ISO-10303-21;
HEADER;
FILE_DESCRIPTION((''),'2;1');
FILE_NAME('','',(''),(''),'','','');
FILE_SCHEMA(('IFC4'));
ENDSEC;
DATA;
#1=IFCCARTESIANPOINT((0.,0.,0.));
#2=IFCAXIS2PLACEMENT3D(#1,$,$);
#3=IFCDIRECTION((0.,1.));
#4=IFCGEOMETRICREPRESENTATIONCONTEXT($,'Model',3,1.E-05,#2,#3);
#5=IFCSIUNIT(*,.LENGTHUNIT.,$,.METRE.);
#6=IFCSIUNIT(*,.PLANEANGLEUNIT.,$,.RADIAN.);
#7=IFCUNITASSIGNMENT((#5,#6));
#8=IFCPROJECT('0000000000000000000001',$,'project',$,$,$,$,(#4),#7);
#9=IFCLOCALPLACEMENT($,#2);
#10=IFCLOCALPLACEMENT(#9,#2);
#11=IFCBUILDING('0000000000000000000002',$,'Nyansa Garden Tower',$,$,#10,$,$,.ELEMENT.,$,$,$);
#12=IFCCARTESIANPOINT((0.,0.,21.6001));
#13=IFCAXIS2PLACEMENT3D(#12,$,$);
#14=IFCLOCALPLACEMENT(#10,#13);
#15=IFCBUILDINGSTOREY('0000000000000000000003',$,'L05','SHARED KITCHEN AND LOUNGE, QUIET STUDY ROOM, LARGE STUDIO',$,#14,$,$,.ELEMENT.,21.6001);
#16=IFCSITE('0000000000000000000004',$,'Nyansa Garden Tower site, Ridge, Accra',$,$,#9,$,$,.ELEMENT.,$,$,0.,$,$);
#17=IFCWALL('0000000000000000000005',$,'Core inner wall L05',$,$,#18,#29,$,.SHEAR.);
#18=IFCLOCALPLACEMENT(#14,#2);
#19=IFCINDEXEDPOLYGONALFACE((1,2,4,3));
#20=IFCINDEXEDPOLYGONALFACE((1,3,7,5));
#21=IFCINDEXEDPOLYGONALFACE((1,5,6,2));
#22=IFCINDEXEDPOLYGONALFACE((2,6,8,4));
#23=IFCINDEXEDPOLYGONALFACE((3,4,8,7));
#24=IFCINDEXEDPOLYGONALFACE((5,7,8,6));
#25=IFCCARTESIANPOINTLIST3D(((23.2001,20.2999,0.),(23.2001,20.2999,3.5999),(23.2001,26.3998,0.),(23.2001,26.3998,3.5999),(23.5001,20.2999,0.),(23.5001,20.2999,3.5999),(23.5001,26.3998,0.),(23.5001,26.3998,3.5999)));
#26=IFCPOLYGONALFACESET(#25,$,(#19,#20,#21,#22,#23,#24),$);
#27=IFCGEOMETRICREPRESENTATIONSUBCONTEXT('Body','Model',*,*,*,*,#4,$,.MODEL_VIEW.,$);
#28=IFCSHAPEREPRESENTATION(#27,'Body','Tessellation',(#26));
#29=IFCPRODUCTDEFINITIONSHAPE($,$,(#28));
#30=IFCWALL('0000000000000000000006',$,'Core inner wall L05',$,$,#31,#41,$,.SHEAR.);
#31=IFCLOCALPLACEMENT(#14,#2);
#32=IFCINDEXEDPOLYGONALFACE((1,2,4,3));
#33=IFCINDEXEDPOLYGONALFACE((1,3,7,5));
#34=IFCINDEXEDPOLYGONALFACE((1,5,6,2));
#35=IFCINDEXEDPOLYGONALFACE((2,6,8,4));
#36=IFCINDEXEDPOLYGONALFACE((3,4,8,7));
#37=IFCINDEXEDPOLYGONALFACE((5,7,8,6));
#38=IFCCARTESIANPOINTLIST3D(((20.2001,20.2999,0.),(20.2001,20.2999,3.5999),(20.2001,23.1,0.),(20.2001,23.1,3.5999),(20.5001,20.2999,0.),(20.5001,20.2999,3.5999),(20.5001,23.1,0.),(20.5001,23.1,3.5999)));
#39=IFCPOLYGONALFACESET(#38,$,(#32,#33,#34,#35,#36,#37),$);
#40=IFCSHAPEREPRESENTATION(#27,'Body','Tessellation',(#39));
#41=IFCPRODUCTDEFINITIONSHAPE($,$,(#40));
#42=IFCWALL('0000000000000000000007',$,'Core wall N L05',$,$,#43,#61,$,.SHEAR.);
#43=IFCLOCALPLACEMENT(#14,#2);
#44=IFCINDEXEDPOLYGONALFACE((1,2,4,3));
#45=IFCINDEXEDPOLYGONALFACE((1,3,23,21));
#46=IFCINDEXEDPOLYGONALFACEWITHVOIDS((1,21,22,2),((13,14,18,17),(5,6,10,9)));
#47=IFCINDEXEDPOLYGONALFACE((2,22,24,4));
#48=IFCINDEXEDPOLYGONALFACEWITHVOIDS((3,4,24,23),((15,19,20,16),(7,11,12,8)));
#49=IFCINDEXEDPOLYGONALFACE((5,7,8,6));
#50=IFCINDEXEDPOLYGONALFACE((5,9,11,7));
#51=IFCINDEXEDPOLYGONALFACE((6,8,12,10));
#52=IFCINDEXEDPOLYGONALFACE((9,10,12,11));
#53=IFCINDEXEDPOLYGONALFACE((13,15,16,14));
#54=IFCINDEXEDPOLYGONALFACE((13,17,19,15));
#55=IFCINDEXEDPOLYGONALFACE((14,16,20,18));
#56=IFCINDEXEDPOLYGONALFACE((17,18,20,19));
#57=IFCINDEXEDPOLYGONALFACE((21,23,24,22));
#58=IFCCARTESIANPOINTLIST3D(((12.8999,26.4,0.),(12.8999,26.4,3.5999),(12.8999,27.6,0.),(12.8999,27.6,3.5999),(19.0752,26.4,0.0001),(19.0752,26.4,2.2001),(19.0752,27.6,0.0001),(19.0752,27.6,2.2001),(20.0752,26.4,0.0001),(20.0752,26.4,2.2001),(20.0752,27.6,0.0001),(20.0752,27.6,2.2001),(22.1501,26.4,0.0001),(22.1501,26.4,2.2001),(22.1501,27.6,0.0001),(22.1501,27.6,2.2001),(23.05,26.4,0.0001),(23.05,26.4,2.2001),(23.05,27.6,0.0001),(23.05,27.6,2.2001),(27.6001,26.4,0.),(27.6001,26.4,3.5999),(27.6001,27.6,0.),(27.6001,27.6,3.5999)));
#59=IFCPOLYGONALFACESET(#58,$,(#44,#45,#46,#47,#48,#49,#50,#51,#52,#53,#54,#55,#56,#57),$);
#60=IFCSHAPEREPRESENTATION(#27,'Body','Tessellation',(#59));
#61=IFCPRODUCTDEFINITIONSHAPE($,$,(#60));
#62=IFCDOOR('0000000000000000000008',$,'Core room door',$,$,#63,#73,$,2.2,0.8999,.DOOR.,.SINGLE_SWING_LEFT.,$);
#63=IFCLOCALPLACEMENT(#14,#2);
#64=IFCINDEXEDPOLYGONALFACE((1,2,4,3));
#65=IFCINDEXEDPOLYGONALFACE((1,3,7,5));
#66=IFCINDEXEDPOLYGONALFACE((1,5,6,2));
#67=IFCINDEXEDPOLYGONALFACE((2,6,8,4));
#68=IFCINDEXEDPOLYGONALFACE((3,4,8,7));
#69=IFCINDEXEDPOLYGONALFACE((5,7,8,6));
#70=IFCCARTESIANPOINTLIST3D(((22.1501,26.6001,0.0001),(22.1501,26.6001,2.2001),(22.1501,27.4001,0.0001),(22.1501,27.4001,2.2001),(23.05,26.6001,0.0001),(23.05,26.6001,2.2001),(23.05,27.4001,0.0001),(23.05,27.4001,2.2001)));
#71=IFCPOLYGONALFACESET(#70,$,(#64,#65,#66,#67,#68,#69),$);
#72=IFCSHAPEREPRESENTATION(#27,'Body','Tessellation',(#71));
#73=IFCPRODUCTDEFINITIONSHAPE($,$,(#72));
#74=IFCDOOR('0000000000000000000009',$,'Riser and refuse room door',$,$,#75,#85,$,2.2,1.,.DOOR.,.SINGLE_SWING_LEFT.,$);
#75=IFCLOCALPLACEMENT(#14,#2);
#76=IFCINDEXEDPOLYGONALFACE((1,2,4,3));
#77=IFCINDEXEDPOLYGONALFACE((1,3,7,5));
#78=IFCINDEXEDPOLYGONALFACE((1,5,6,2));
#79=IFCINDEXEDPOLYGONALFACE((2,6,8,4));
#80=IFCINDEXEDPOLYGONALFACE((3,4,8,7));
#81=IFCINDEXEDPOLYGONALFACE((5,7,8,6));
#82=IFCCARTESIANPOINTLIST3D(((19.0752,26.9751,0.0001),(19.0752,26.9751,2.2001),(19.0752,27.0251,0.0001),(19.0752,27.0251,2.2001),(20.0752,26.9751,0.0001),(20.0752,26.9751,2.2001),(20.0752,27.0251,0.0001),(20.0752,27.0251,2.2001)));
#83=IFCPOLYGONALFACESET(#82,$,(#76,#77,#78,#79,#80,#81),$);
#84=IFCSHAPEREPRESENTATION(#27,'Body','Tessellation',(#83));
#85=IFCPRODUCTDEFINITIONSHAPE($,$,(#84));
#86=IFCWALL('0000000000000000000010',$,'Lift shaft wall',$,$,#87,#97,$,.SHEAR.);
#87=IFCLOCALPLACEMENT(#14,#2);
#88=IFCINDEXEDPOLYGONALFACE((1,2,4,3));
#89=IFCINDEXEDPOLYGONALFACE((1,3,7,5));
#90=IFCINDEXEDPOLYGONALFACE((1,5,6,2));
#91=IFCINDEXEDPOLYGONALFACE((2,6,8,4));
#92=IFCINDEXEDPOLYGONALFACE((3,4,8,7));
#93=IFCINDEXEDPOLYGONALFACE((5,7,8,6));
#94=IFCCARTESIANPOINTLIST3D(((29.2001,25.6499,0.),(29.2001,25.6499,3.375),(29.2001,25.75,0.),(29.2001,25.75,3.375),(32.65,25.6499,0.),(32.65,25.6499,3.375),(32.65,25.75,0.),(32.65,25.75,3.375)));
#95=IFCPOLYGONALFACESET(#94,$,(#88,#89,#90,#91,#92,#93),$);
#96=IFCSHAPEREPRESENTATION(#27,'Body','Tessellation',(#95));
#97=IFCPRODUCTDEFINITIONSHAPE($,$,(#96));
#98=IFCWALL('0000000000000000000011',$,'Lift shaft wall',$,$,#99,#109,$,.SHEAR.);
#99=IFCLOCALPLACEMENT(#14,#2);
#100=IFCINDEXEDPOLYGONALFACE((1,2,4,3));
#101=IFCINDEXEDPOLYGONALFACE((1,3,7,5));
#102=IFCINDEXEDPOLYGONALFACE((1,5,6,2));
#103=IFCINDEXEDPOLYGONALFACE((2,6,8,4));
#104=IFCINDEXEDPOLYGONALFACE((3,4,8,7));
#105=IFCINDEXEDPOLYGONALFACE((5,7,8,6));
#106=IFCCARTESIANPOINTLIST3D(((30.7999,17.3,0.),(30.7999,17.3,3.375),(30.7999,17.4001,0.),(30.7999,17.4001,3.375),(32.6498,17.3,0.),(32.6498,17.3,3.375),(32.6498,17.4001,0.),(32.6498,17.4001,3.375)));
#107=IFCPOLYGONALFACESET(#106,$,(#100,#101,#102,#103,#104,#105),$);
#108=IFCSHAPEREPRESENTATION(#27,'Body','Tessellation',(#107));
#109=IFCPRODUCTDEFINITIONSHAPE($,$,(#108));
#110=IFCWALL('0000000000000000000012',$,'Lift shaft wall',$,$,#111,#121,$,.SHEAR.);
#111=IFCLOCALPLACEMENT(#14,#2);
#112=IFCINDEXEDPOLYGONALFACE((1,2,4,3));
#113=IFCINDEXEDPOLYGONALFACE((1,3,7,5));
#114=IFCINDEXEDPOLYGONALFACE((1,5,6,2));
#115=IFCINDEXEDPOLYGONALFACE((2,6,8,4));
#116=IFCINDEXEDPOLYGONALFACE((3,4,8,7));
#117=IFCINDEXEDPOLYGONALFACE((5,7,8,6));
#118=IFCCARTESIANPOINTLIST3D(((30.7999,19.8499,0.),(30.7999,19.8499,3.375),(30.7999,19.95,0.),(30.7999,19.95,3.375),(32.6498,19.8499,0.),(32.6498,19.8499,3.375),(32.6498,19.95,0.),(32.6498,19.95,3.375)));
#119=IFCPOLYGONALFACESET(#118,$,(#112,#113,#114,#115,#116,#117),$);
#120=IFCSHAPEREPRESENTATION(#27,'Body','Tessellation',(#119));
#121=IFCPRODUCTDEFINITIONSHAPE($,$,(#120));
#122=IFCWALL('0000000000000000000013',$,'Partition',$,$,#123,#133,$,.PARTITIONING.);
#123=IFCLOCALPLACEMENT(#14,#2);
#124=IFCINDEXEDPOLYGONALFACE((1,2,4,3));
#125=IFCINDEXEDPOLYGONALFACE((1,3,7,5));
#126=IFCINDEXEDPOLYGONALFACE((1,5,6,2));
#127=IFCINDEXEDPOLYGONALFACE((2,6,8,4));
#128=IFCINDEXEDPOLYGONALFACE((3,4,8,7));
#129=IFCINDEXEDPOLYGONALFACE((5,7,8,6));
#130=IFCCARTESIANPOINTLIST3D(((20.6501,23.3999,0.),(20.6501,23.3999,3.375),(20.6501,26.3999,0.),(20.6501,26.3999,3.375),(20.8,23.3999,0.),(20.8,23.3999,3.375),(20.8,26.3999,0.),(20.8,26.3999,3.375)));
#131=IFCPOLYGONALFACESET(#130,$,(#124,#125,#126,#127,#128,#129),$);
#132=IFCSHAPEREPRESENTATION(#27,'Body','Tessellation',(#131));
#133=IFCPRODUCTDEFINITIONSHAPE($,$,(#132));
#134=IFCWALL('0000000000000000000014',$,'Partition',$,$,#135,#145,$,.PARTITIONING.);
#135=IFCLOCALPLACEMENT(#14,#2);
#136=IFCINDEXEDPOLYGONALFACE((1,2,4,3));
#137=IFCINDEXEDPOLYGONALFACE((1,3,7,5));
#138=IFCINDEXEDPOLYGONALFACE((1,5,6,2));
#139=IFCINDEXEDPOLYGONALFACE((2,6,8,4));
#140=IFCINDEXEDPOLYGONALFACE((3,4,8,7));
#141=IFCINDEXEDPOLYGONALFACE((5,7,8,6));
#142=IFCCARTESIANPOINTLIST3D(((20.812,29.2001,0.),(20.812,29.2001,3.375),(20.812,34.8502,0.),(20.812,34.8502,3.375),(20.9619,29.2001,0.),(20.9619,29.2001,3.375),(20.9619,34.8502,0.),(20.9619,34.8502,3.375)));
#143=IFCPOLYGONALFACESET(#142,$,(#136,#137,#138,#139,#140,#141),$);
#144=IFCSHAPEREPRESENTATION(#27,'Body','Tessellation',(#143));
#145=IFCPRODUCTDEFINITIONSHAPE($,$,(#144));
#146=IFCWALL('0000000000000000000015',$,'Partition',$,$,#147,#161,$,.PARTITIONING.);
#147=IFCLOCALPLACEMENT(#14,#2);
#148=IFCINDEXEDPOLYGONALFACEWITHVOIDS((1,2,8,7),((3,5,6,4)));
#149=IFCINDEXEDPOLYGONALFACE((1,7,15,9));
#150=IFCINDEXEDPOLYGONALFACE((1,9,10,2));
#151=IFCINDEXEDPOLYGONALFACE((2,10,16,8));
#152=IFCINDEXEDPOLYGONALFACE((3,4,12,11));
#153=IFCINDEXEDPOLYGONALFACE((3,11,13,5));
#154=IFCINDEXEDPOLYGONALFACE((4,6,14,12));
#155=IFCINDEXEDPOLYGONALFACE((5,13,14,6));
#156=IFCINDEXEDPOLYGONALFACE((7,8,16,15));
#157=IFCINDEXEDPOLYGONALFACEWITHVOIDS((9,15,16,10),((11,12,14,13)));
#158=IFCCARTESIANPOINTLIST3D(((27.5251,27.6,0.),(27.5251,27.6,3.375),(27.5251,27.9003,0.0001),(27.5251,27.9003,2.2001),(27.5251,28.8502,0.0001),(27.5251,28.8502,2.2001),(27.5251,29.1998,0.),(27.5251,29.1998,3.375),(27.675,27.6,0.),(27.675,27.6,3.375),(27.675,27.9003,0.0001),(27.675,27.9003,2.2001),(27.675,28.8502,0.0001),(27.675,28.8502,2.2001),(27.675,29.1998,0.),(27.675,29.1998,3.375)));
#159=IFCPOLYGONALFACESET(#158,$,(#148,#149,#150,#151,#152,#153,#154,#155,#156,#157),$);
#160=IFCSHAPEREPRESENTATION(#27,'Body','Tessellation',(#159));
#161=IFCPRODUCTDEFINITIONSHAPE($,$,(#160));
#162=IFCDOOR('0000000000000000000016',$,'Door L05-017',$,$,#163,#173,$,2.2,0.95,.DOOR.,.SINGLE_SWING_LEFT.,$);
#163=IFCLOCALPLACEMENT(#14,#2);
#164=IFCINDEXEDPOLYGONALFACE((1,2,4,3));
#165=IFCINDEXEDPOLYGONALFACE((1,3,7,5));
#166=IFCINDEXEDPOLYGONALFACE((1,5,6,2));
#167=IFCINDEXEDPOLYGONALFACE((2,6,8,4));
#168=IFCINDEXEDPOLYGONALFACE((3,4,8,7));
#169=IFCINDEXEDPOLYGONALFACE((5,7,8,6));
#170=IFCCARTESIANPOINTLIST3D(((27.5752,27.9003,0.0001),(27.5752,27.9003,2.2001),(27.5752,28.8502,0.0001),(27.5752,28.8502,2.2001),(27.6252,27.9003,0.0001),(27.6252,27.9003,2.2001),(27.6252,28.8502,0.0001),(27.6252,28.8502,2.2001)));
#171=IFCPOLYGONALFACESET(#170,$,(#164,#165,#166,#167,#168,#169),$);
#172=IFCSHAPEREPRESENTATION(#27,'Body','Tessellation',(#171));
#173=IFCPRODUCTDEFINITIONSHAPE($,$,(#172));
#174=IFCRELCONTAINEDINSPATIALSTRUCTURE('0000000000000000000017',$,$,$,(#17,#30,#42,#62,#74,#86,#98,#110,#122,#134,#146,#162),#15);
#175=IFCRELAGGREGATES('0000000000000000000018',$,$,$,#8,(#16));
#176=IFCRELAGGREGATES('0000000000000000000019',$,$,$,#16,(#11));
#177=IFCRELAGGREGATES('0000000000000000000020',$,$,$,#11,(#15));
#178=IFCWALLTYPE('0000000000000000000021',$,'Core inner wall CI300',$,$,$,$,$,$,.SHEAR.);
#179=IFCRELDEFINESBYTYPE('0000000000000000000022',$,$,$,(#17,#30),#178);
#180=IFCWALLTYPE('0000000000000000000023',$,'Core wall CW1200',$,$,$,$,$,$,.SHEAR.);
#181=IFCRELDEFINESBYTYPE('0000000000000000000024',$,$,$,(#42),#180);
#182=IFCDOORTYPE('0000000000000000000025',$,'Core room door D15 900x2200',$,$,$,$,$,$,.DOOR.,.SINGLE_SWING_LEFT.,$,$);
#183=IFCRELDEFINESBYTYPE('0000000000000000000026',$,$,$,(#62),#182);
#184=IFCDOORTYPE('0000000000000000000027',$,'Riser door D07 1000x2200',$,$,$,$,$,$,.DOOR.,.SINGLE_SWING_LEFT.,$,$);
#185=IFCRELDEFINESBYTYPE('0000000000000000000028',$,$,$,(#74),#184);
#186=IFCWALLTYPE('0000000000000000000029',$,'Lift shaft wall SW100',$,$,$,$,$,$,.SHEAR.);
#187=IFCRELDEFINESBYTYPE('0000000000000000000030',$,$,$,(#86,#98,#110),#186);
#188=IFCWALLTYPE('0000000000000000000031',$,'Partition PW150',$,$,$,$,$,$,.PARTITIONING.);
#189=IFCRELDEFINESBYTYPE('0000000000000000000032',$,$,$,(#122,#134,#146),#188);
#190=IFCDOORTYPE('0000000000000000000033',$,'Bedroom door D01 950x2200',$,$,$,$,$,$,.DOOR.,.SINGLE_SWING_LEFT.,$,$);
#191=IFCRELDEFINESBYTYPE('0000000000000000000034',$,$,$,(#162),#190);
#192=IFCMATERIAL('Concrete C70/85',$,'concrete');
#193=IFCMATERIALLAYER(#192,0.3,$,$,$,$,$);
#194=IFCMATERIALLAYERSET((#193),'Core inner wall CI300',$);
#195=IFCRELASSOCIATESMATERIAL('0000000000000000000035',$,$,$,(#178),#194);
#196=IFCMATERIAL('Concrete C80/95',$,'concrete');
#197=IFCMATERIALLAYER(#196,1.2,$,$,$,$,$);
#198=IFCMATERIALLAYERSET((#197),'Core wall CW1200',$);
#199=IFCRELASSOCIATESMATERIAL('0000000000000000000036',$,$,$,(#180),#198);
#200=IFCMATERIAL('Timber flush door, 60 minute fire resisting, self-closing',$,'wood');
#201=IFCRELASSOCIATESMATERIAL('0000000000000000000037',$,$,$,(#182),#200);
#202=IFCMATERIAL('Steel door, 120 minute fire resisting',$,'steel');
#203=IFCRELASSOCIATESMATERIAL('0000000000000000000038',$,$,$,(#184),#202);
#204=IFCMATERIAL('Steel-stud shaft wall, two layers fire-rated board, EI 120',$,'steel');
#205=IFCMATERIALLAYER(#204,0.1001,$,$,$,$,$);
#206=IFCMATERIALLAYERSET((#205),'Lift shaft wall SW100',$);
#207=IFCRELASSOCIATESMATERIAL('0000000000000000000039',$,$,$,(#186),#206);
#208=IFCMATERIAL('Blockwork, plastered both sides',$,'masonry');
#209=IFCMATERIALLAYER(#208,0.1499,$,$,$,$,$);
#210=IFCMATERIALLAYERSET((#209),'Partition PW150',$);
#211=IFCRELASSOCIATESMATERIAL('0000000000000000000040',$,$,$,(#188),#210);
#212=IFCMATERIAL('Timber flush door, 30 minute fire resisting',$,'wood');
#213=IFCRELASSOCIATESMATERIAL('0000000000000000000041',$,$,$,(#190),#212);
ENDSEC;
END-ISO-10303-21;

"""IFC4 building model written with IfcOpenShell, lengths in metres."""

from ifc_helpers import new_model, si_unit, direction, frame, frame_2d, origin, place, context, subcontext, project, spatial, rectangle, extrude, material, layer, layer_set, type_object, element, fill, save


model = new_model("IFC4")

# Units and contexts
model_context = context("Model", 3, precision=1e-05, world=origin(), true_north=direction((0.0, 1.0)))
body_context = subcontext(model_context, "Body", "Model", "MODEL_VIEW")
ifc_project = project(units=[si_unit("LENGTHUNIT", "METRE"), si_unit("PLANEANGLEUNIT", "RADIAN")], contexts=[model_context])

# Site, building, storey
site_placement = place(None, origin())
site = spatial("IfcSite", under=ifc_project, at=site_placement, Name="Nyansa Garden Tower site, Ridge, Accra", CompositionType="ELEMENT", RefElevation=0.0)
building_placement = place(site_placement, origin())
building = spatial("IfcBuilding", under=site, at=building_placement, Name="Nyansa Garden Tower", CompositionType="ELEMENT")
storey_placement = place(building_placement, frame((0.0, 0.0, 21.6001)))
storey = spatial("IfcBuildingStorey", under=building, at=storey_placement, Name="L05", Description="SHARED KITCHEN AND LOUNGE, QUIET STUDY ROOM, LARGE STUDIO", CompositionType="ELEMENT", Elevation=21.6001)

# Walls
ifc_material_1 = material(Name="Concrete C70/85", Category="concrete")
ifc_layer_1 = layer(ifc_material_1, 0.3)
ifc_layer_set_1 = layer_set([ifc_layer_1], Name="Core inner wall CI300")
wall_type_1 = type_object("IfcWallType", Name="Core inner wall CI300", PredefinedType="SHEAR", material=ifc_layer_set_1)
wall_1_placement = place(storey_placement, frame((23.3501, 20.3, 0.0), z_axis=(0.0, 0.0, 1.0), x_axis=(0.0, 1.0, 0.0)))
element("IfcWall", 1, at=wall_1_placement, inside=storey, type_object=wall_type_1, Name="Core inner wall L05", PredefinedType="SHEAR", context=body_context, shape_type="SweptSolid", body=[
    extrude(rectangle(XDim=6.0999, YDim=0.3, at=frame_2d((3.0498, 0.0))), origin(), (0.0, 0.0, 1.0), 3.5999),
])
wall_2_placement = place(storey_placement, frame((20.3501, 20.3, 0.0), z_axis=(0.0, 0.0, 1.0), x_axis=(0.0, 1.0, 0.0)))
element("IfcWall", 2, at=wall_2_placement, inside=storey, type_object=wall_type_1, Name="Core inner wall L05", PredefinedType="SHEAR", context=body_context, shape_type="SweptSolid", body=[
    extrude(rectangle(XDim=2.8, YDim=0.3, at=frame_2d((1.3999, 0.0))), origin(), (0.0, 0.0, 1.0), 3.5999),
])

# Wall, openings, doors
ifc_material_2 = material(Name="Concrete C80/95", Category="concrete")
ifc_layer_2 = layer(ifc_material_2, 1.2)
ifc_layer_set_2 = layer_set([ifc_layer_2], Name="Core wall CW1200")
wall_type_2 = type_object("IfcWallType", Name="Core wall CW1200", PredefinedType="SHEAR", material=ifc_layer_set_2)
wall_3_placement = place(storey_placement, frame((27.6001, 27.0, 0.0), z_axis=(0.0, 0.0, 1.0), x_axis=(-1.0, 0.0, 0.0)))
wall_3 = element("IfcWall", 3, at=wall_3_placement, inside=storey, type_object=wall_type_2, Name="Core wall N L05", PredefinedType="SHEAR", context=body_context, shape_type="SweptSolid", body=[
    extrude(rectangle(XDim=14.7002, YDim=1.2, at=frame_2d((7.3501, 0.0))), origin(), (0.0, 0.0, 1.0), 3.5999),
])
opening_1_placement = place(wall_3_placement, frame((4.55, 0.0, 0.0)))
opening_1 = element("IfcOpeningElement", 4, at=opening_1_placement, cuts=wall_3, PredefinedType="OPENING", context=body_context, shape_type="SweptSolid", body=[
    extrude(rectangle(XDim=0.8999, YDim=2.2, at=frame_2d((0.45, 1.1001))), frame((0.0, 0.6099, 0.0), z_axis=(0.0, -1.0, 0.0), x_axis=(1.0, 0.0, 0.0)), (0.0, 0.0, 1.0), 1.22),
])
opening_2_placement = place(wall_3_placement, frame((7.5249, 0.0, 0.0)))
opening_2 = element("IfcOpeningElement", 5, at=opening_2_placement, cuts=wall_3, PredefinedType="OPENING", context=body_context, shape_type="SweptSolid", body=[
    extrude(rectangle(XDim=1.0, YDim=2.2, at=frame_2d((0.5, 1.1001))), frame((0.0, 0.6099, 0.0), z_axis=(0.0, -1.0, 0.0), x_axis=(1.0, 0.0, 0.0)), (0.0, 0.0, 1.0), 1.22),
])
ifc_material_3 = material(Name="Timber flush door, 60 minute fire resisting, self-closing", Category="wood")
door_type_1 = type_object("IfcDoorType", Name="Core room door D15 900x2200", OperationType="SINGLE_SWING_LEFT", PredefinedType="DOOR", material=ifc_material_3)
door_1_placement = place(opening_1_placement, origin())
door_1 = element("IfcDoor", 6, at=door_1_placement, inside=storey, type_object=door_type_1, Name="Core room door", OperationType="SINGLE_SWING_LEFT", OverallHeight=2.2, OverallWidth=0.8999, PredefinedType="DOOR", context=body_context, shape_type="SweptSolid", body=[
    extrude(rectangle(XDim=0.8999, YDim=2.2, at=frame_2d((0.45, 1.1001))), frame((0.0, 0.3999, 0.0), z_axis=(0.0, -1.0, 0.0), x_axis=(1.0, 0.0, 0.0)), (0.0, 0.0, 1.0), 0.8),
])
fill(opening_1, door_1)
ifc_material_4 = material(Name="Steel door, 120 minute fire resisting", Category="steel")
door_type_2 = type_object("IfcDoorType", Name="Riser door D07 1000x2200", OperationType="SINGLE_SWING_LEFT", PredefinedType="DOOR", material=ifc_material_4)
door_2_placement = place(opening_2_placement, origin())
door_2 = element("IfcDoor", 7, at=door_2_placement, inside=storey, type_object=door_type_2, Name="Riser and refuse room door", OperationType="SINGLE_SWING_LEFT", OverallHeight=2.2, OverallWidth=1.0, PredefinedType="DOOR", context=body_context, shape_type="SweptSolid", body=[
    extrude(rectangle(XDim=1.0, YDim=2.2, at=frame_2d((0.5, 1.1001))), frame((0.0, 0.0249, 0.0), z_axis=(0.0, -1.0, 0.0), x_axis=(1.0, 0.0, 0.0)), (0.0, 0.0, 1.0), 0.05),
])
fill(opening_2, door_2)

# Walls
ifc_material_5 = material(Name="Steel-stud shaft wall, two layers fire-rated board, EI 120", Category="steel")
ifc_layer_3 = layer(ifc_material_5, 0.1001)
ifc_layer_set_3 = layer_set([ifc_layer_3], Name="Lift shaft wall SW100")
wall_type_3 = type_object("IfcWallType", Name="Lift shaft wall SW100", PredefinedType="SHEAR", material=ifc_layer_set_3)
wall_4_placement = place(storey_placement, frame((29.2, 25.7, 0.0), z_axis=(0.0, 0.0, 1.0), x_axis=(1.0, 0.0, 0.0)))
element("IfcWall", 8, at=wall_4_placement, inside=storey, type_object=wall_type_3, Name="Lift shaft wall", PredefinedType="SHEAR", context=body_context, shape_type="SweptSolid", body=[
    extrude(rectangle(XDim=3.45, YDim=0.1001, at=frame_2d((1.7251, 0.0))), origin(), (0.0, 0.0, 1.0), 3.375),
])
for number, where, z_axis, x_axis, name in (
    (9, (30.8, 17.3501, 0.0), (0.0, 0.0, 1.0), (1.0, 0.0, 0.0), "Lift shaft wall"),
    (10, (30.8, 19.8999, 0.0), (0.0, 0.0, 1.0), (1.0, 0.0, 0.0), "Lift shaft wall"),
):
    element("IfcWall", number, at=place(storey_placement, frame(where, z_axis=z_axis, x_axis=x_axis)), inside=storey, type_object=wall_type_3, Name=name, PredefinedType="SHEAR", context=body_context, shape_type="SweptSolid", body=[
        extrude(rectangle(XDim=1.8499, YDim=0.1001, at=frame_2d((0.9248, 0.0))), origin(), (0.0, 0.0, 1.0), 3.375),
    ])
ifc_material_6 = material(Name="Blockwork, plastered both sides", Category="masonry")
ifc_layer_4 = layer(ifc_material_6, 0.1499)
ifc_layer_set_4 = layer_set([ifc_layer_4], Name="Partition PW150")
wall_type_4 = type_object("IfcWallType", Name="Partition PW150", PredefinedType="PARTITIONING", material=ifc_layer_set_4)
wall_5_placement = place(storey_placement, frame((20.7251, 23.3999, 0.0), z_axis=(0.0, 0.0, 1.0), x_axis=(0.0, 1.0, 0.0)))
element("IfcWall", 11, at=wall_5_placement, inside=storey, type_object=wall_type_4, Name="Partition", PredefinedType="PARTITIONING", context=body_context, shape_type="SweptSolid", body=[
    extrude(rectangle(XDim=3.0, YDim=0.1499, at=frame_2d((1.5, 0.0))), origin(), (0.0, 0.0, 1.0), 3.375),
])
wall_6_placement = place(storey_placement, frame((20.887, 29.2, 0.0), z_axis=(0.0, 0.0, 1.0), x_axis=(0.0, 1.0, 0.0)))
element("IfcWall", 12, at=wall_6_placement, inside=storey, type_object=wall_type_4, Name="Partition", PredefinedType="PARTITIONING", context=body_context, shape_type="SweptSolid", body=[
    extrude(rectangle(XDim=5.6501, YDim=0.1499, at=frame_2d((2.8252, 0.0))), origin(), (0.0, 0.0, 1.0), 3.375),
])

# Wall, opening, door
wall_7_placement = place(storey_placement, frame((27.6001, 27.6001, 0.0), z_axis=(0.0, 0.0, 1.0), x_axis=(0.0, 1.0, 0.0)))
wall_7 = element("IfcWall", 13, at=wall_7_placement, inside=storey, type_object=wall_type_4, Name="Partition", PredefinedType="PARTITIONING", context=body_context, shape_type="SweptSolid", body=[
    extrude(rectangle(XDim=1.5999, YDim=0.1499, at=frame_2d((0.7998, 0.0))), origin(), (0.0, 0.0, 1.0), 3.375),
])
opening_3_placement = place(wall_7_placement, frame((0.3, 0.0, 0.0)))
opening_3 = element("IfcOpeningElement", 14, at=opening_3_placement, cuts=wall_7, PredefinedType="OPENING", context=body_context, shape_type="SweptSolid", body=[
    extrude(rectangle(XDim=0.95, YDim=2.2, at=frame_2d((0.4751, 1.1001))), frame((0.0, 0.085, 0.0), z_axis=(0.0, -1.0, 0.0), x_axis=(1.0, 0.0, 0.0)), (0.0, 0.0, 1.0), 0.1699),
])
ifc_material_7 = material(Name="Timber flush door, 30 minute fire resisting", Category="wood")
door_type_3 = type_object("IfcDoorType", Name="Bedroom door D01 950x2200", OperationType="SINGLE_SWING_LEFT", PredefinedType="DOOR", material=ifc_material_7)
door_3_placement = place(opening_3_placement, origin())
door_3 = element("IfcDoor", 15, at=door_3_placement, inside=storey, type_object=door_type_3, Name="Door L05-017", OperationType="SINGLE_SWING_LEFT", OverallHeight=2.2, OverallWidth=0.95, PredefinedType="DOOR", context=body_context, shape_type="SweptSolid", body=[
    extrude(rectangle(XDim=0.95, YDim=2.2, at=frame_2d((0.4751, 1.1001))), frame((0.0, 0.0249, 0.0), z_axis=(0.0, -1.0, 0.0), x_axis=(1.0, 0.0, 0.0)), (0.0, 0.0, 1.0), 0.05),
])
fill(opening_3, door_3)

save(model, "model.ifc")
